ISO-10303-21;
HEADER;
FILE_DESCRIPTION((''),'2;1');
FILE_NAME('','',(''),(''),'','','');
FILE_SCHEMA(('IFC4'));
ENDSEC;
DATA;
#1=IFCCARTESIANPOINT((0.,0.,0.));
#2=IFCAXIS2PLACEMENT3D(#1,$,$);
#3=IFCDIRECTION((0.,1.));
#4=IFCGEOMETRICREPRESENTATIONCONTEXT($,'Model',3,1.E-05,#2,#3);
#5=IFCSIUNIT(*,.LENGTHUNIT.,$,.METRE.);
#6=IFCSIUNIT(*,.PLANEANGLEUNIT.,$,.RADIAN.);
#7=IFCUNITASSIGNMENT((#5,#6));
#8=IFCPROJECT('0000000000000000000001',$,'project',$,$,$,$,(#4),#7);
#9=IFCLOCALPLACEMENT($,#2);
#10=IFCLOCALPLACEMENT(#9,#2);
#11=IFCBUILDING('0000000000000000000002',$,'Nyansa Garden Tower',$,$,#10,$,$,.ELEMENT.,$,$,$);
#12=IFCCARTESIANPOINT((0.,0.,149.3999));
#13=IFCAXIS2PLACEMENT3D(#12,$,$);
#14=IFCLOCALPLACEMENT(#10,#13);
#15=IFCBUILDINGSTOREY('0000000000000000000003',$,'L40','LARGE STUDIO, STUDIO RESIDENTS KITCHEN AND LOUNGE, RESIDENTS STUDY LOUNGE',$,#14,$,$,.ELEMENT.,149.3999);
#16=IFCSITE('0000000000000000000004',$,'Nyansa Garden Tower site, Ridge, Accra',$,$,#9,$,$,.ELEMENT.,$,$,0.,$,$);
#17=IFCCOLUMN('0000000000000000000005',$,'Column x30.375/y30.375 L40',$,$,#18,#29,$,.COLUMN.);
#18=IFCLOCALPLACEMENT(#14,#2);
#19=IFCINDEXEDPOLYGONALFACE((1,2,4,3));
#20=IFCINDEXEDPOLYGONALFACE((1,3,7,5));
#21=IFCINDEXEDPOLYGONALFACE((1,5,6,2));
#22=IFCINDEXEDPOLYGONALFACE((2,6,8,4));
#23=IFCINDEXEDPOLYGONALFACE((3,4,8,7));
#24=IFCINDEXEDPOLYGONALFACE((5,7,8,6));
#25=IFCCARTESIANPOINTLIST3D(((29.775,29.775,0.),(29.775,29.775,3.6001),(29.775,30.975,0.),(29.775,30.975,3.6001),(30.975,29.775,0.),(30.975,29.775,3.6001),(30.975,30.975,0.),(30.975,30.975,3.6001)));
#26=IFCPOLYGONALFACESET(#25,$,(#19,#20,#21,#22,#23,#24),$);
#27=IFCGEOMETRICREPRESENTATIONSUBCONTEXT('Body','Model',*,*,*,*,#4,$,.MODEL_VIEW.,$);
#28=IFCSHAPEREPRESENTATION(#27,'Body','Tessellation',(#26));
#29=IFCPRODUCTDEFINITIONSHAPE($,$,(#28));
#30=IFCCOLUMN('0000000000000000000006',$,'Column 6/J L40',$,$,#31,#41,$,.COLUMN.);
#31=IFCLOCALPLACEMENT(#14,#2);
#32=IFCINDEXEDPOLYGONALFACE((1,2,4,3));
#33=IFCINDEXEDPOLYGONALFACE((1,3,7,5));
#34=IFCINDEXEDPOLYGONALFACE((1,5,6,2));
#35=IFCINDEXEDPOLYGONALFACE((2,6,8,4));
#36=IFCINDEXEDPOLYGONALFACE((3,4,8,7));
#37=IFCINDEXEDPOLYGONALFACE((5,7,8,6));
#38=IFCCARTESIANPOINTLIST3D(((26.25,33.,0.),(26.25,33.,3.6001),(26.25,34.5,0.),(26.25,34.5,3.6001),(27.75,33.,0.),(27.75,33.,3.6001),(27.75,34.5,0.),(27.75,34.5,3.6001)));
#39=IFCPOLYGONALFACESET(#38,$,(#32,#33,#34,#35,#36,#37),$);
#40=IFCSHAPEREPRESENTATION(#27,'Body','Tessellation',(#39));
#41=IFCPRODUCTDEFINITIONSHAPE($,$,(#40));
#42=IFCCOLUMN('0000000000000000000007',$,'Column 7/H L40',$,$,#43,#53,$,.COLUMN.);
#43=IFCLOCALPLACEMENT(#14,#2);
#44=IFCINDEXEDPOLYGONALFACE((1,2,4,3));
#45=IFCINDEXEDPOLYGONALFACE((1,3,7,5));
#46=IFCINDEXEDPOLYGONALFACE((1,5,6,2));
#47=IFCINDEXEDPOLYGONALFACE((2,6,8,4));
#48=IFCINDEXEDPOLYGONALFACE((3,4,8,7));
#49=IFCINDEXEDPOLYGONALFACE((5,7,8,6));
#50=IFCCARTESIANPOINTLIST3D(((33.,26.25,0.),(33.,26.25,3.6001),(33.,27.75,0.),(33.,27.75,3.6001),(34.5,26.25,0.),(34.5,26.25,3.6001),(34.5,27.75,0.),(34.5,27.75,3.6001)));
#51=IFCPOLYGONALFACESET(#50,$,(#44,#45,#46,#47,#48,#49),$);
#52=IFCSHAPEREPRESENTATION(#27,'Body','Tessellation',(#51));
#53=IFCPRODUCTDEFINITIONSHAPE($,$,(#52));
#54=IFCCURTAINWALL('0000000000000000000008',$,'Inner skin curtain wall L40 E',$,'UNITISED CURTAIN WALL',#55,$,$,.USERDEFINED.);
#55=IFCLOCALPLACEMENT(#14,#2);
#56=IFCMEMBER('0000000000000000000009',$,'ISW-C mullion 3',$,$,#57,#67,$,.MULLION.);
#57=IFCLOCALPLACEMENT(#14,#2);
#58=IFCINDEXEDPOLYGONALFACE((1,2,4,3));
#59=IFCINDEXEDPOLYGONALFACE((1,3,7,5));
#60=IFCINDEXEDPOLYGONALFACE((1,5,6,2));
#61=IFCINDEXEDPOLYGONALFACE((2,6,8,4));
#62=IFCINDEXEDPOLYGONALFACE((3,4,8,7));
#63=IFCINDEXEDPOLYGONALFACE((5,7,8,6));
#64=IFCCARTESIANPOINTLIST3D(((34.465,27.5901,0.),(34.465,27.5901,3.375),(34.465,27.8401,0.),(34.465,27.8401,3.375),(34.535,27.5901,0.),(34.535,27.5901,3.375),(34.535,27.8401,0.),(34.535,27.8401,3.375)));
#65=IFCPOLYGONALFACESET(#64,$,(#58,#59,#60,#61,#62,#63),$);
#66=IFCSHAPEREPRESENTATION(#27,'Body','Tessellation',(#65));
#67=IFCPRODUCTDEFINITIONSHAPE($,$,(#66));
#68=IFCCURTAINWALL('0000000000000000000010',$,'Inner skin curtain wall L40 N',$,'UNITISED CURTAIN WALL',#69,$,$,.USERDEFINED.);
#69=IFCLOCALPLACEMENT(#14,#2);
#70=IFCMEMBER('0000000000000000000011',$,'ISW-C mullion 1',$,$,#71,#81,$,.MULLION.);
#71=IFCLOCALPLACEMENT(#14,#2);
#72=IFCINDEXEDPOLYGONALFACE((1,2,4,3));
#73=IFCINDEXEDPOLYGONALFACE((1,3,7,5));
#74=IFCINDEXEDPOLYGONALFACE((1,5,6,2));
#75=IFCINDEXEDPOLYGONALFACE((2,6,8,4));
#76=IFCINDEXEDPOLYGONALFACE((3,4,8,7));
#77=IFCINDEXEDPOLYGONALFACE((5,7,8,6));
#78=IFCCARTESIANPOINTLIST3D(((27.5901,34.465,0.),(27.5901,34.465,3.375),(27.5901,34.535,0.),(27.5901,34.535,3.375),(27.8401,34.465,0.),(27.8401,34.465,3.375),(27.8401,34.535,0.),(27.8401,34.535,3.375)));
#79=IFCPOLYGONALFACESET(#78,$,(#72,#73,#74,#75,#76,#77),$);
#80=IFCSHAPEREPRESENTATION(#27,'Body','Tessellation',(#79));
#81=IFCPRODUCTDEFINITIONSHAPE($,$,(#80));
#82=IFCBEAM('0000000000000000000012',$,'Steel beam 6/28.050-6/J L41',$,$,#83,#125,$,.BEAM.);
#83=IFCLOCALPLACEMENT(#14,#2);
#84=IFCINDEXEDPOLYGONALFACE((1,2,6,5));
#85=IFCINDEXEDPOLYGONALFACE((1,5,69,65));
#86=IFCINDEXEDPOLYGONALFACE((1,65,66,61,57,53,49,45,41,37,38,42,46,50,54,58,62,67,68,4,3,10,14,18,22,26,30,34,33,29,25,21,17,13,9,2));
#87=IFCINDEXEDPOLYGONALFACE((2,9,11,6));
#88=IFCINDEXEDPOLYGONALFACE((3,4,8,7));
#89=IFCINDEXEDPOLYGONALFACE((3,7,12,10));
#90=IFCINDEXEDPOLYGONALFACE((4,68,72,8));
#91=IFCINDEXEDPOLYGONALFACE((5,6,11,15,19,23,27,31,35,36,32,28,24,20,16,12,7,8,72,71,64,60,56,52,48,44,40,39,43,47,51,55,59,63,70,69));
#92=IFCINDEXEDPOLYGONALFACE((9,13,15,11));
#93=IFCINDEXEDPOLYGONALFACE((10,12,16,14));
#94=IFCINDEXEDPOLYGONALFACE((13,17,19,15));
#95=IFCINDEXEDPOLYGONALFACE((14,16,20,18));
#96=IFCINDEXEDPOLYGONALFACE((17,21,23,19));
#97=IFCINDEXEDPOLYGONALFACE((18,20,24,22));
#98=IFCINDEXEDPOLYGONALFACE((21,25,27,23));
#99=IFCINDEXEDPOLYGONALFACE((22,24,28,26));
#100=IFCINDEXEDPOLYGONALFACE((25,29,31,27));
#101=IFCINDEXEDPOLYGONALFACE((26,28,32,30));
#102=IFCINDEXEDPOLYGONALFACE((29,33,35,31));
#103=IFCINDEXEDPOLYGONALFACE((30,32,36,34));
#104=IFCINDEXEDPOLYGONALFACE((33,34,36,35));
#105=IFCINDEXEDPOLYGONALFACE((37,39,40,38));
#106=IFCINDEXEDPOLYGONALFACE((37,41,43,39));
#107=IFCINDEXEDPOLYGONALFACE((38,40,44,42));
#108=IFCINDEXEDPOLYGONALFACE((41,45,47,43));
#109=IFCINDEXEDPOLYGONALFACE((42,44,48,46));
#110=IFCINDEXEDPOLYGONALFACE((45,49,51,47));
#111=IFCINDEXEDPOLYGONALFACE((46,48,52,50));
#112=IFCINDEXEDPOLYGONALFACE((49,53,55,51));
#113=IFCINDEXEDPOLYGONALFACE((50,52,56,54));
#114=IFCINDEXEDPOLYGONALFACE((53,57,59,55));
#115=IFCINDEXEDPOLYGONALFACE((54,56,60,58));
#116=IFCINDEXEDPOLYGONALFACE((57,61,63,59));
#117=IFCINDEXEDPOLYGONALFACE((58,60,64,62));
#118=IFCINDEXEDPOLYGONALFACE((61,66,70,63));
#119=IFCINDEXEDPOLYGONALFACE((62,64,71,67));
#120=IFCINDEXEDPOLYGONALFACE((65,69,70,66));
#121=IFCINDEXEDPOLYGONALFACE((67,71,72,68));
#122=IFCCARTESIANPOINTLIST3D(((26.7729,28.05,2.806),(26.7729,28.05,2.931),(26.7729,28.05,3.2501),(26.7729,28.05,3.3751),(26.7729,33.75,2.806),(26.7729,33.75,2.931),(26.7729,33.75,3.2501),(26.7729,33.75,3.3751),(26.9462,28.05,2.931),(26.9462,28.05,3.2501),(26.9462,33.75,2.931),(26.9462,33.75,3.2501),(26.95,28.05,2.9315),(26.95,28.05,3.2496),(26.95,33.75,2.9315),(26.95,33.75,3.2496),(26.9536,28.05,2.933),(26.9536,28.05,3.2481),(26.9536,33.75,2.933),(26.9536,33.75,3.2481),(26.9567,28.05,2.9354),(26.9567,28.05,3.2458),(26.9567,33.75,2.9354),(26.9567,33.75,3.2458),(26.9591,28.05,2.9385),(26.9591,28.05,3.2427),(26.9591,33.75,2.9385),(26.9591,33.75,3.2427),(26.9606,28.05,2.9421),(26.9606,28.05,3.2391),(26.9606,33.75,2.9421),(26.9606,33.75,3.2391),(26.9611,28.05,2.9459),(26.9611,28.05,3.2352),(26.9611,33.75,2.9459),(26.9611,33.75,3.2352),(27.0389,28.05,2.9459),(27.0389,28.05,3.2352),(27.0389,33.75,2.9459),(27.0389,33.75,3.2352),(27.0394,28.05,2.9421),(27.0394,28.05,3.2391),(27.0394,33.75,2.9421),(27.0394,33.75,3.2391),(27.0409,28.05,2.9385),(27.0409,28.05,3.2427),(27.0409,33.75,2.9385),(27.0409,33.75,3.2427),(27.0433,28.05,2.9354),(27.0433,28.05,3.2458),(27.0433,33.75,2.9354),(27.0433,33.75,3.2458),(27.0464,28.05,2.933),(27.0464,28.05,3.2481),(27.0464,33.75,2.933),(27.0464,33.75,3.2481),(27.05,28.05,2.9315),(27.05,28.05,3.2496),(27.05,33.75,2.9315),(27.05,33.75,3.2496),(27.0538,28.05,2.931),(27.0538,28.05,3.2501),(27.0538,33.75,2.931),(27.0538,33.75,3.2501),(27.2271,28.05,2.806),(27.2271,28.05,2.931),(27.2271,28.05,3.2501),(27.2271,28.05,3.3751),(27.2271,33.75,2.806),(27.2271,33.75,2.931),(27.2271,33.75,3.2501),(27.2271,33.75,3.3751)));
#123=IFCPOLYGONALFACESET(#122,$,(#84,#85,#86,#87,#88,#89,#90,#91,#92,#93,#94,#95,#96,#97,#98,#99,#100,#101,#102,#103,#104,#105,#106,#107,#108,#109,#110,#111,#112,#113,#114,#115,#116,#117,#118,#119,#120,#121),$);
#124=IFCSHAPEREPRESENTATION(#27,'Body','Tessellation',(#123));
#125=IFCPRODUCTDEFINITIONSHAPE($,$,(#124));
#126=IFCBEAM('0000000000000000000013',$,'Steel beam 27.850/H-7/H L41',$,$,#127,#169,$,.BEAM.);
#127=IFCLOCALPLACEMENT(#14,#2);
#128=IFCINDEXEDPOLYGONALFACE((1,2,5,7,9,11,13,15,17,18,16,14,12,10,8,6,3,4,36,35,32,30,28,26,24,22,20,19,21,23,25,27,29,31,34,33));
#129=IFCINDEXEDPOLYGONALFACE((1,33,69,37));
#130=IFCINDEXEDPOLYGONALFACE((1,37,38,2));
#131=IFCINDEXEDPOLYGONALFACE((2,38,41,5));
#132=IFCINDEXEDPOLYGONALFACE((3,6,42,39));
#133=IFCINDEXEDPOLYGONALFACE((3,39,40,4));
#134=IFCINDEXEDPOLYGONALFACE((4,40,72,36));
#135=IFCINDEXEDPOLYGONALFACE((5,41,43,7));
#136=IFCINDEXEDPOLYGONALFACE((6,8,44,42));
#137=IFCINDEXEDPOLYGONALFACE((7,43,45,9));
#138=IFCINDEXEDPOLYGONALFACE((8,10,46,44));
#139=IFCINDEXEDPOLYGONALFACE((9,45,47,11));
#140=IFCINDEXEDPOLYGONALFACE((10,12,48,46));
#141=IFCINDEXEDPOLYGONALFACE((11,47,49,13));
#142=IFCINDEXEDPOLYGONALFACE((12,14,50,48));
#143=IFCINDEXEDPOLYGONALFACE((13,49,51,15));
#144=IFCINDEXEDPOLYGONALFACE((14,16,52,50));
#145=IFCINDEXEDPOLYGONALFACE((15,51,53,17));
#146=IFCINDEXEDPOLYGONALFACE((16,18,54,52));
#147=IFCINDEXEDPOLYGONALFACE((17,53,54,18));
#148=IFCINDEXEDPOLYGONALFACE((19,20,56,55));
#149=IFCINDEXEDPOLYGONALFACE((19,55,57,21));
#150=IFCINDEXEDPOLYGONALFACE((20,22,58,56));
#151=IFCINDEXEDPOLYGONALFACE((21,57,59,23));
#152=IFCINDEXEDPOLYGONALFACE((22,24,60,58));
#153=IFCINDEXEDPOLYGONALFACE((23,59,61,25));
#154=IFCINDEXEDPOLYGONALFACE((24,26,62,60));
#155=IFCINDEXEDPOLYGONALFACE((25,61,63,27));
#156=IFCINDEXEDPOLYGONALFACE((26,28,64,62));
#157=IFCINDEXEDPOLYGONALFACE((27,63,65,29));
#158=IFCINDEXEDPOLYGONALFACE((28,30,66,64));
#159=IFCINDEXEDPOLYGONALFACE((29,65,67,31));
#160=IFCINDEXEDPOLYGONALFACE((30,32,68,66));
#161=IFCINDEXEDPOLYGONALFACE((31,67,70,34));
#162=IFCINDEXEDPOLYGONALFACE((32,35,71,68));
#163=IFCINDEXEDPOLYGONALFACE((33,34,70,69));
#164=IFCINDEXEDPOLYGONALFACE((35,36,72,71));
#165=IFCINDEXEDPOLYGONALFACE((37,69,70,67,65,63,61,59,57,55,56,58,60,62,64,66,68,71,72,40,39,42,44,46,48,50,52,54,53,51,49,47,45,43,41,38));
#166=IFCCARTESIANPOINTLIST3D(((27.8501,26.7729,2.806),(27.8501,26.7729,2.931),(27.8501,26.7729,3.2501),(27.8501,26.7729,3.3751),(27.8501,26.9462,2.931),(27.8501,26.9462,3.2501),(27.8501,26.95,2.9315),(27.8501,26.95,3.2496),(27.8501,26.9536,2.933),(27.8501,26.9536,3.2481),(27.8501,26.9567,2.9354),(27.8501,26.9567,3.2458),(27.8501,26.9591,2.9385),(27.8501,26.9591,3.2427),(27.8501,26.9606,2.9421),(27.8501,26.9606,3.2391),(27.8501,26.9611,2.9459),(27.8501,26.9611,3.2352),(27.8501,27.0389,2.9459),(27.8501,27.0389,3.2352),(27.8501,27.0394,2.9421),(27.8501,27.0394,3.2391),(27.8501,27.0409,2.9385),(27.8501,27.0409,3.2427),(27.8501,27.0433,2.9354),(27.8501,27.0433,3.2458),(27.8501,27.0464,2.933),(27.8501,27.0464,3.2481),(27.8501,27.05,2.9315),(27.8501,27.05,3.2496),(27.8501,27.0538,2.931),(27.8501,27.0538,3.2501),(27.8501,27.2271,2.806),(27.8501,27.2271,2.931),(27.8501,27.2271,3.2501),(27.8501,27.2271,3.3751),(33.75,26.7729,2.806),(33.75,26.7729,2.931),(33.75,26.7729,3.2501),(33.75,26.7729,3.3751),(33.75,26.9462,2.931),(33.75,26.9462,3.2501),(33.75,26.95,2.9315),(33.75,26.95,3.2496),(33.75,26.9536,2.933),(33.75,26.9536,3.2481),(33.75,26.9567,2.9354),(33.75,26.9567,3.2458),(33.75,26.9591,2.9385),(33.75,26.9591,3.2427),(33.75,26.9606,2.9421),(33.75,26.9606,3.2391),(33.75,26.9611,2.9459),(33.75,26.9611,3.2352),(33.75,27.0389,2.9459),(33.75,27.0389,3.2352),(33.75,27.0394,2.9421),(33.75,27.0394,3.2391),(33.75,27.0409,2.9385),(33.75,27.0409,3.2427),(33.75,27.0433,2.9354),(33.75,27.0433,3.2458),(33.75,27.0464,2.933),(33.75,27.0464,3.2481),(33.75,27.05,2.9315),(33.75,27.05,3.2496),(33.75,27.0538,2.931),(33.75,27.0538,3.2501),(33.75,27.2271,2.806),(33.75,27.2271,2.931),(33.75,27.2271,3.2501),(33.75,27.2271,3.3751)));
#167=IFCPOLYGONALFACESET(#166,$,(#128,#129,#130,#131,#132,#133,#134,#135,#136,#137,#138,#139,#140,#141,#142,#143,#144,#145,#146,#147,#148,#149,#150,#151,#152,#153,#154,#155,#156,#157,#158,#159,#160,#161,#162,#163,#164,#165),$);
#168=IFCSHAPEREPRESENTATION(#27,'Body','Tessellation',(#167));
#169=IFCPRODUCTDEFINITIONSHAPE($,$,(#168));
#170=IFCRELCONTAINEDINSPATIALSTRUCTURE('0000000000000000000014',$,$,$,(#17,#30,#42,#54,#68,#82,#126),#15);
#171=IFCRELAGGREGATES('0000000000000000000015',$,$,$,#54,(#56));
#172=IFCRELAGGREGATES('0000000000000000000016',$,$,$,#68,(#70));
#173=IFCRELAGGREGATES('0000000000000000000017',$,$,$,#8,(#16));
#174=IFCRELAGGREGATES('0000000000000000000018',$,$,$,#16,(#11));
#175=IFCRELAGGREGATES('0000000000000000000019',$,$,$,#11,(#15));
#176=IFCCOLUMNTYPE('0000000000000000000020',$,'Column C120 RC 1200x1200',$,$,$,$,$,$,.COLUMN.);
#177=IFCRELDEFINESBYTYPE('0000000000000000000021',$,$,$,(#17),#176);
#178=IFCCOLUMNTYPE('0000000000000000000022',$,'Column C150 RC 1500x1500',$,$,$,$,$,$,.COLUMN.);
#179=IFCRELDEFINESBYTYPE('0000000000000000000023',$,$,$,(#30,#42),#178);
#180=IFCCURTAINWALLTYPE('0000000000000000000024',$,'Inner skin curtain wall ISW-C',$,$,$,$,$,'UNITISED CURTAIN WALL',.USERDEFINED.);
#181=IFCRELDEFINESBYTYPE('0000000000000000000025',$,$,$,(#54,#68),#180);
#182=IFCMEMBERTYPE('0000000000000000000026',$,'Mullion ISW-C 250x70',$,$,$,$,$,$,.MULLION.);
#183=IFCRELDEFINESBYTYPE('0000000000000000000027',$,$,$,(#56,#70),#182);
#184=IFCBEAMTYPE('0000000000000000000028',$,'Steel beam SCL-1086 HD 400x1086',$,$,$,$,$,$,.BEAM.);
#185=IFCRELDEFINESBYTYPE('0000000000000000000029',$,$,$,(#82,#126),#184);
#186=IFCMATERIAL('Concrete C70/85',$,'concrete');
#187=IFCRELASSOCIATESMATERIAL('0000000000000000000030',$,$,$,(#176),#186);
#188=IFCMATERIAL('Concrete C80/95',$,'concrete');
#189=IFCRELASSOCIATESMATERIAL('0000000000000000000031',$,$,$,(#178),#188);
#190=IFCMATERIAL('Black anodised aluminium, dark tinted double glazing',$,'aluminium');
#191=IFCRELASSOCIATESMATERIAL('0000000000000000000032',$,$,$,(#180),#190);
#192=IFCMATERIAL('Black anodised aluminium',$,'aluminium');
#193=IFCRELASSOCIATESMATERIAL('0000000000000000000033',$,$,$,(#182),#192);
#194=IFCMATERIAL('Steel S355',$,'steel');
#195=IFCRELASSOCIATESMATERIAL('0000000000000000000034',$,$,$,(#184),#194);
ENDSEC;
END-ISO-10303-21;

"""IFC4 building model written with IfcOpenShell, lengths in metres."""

from ifc_helpers import new_model, si_unit, direction, frame, origin, origin_2d, place, context, subcontext, project, spatial, rectangle, i_section, extrude, material, material_profile, profile_set, type_object, element, aggregate, save


model = new_model("IFC4")

# Units and contexts
model_context = context("Model", 3, precision=1e-05, world=origin(), true_north=direction((0.0, 1.0)))
body_context = subcontext(model_context, "Body", "Model", "MODEL_VIEW")
ifc_project = project(units=[si_unit("LENGTHUNIT", "METRE"), si_unit("PLANEANGLEUNIT", "RADIAN")], contexts=[model_context])

# Site, building, storey
site_placement = place(None, origin())
site = spatial("IfcSite", under=ifc_project, at=site_placement, Name="Nyansa Garden Tower site, Ridge, Accra", CompositionType="ELEMENT", RefElevation=0.0)
building_placement = place(site_placement, origin())
building = spatial("IfcBuilding", under=site, at=building_placement, Name="Nyansa Garden Tower", CompositionType="ELEMENT")
storey_placement = place(building_placement, frame((0.0, 0.0, 149.3999)))
storey = spatial("IfcBuildingStorey", under=building, at=storey_placement, Name="L40", Description="LARGE STUDIO, STUDIO RESIDENTS KITCHEN AND LOUNGE, RESIDENTS STUDY LOUNGE", CompositionType="ELEMENT", Elevation=149.3999)

# Columns
ifc_material_1 = material(Name="Concrete C70/85", Category="concrete")
ifc_material_profile_1 = material_profile(ifc_material_1, rectangle(XDim=1.2, YDim=1.2, at=origin_2d()), Name="RC 1200x1200")
ifc_profile_set_1 = profile_set([ifc_material_profile_1], Name="Concrete C70/85")
column_type_1 = type_object("IfcColumnType", Name="Column C120 RC 1200x1200", PredefinedType="COLUMN", material=ifc_profile_set_1)
column_placement = place(storey_placement, frame((30.375, 30.375, 0.0), z_axis=(0.0, 0.0, 1.0), x_axis=(1.0, 0.0, 0.0)))
element("IfcColumn", 1, at=column_placement, inside=storey, type_object=column_type_1, Name="Column x30.375/y30.375 L40", PredefinedType="COLUMN", context=body_context, shape_type="SweptSolid", body=[
    extrude(rectangle(XDim=1.2, YDim=1.2, at=origin_2d()), origin(), (0.0, 0.0, 1.0), 3.6001),
])
ifc_material_2 = material(Name="Concrete C80/95", Category="concrete")
ifc_material_profile_2 = material_profile(ifc_material_2, rectangle(XDim=1.5, YDim=1.5, at=origin_2d()), Name="RC 1500x1500")
ifc_profile_set_2 = profile_set([ifc_material_profile_2], Name="Concrete C80/95")
column_type_2 = type_object("IfcColumnType", Name="Column C150 RC 1500x1500", PredefinedType="COLUMN", material=ifc_profile_set_2)
for number, where, z_axis, x_axis, name in (
    (2, (27.0, 33.75, 0.0), (0.0, 0.0, 1.0), (1.0, 0.0, 0.0), "Column 6/J L40"),
    (3, (33.75, 27.0, 0.0), (0.0, 0.0, 1.0), (1.0, 0.0, 0.0), "Column 7/H L40"),
):
    element("IfcColumn", number, at=place(storey_placement, frame(where, z_axis=z_axis, x_axis=x_axis)), inside=storey, type_object=column_type_2, Name=name, PredefinedType="COLUMN", context=body_context, shape_type="SweptSolid", body=[
        extrude(rectangle(XDim=1.5, YDim=1.5, at=origin_2d()), origin(), (0.0, 0.0, 1.0), 3.6001),
    ])

# Curtain walls, members
ifc_material_3 = material(Name="Black anodised aluminium, dark tinted double glazing", Category="aluminium")
curtain_wall_type = type_object("IfcCurtainWallType", Name="Inner skin curtain wall ISW-C", ElementType="UNITISED CURTAIN WALL", PredefinedType="USERDEFINED", material=ifc_material_3)
curtain_wall_1_placement = place(storey_placement, origin())
curtain_wall_1 = element("IfcCurtainWall", 4, at=curtain_wall_1_placement, inside=storey, type_object=curtain_wall_type, Name="Inner skin curtain wall L40 E", ObjectType="UNITISED CURTAIN WALL", PredefinedType="USERDEFINED")
ifc_material_4 = material(Name="Black anodised aluminium", Category="aluminium")
ifc_material_profile_3 = material_profile(ifc_material_4, rectangle(XDim=0.0701, YDim=0.25, at=origin_2d()), Name="Mullion 250x70")
ifc_profile_set_3 = profile_set([ifc_material_profile_3], Name="Black anodised aluminium")
member_type_1 = type_object("IfcMemberType", Name="Mullion ISW-C 250x70", PredefinedType="MULLION", material=ifc_profile_set_3)
member_1_placement = place(storey_placement, frame((34.5, 27.7151, 0.0), z_axis=(0.0, 0.0, 1.0), x_axis=(-1.0, 0.0, 0.0)))
member_1 = element("IfcMember", 5, at=member_1_placement, type_object=member_type_1, Name="ISW-C mullion 3", PredefinedType="MULLION", context=body_context, shape_type="SweptSolid", body=[
    extrude(rectangle(XDim=0.0701, YDim=0.25, at=origin_2d()), origin(), (0.0, 0.0, 1.0), 3.375),
])
aggregate(curtain_wall_1, [member_1])
curtain_wall_2_placement = place(storey_placement, origin())
curtain_wall_2 = element("IfcCurtainWall", 6, at=curtain_wall_2_placement, inside=storey, type_object=curtain_wall_type, Name="Inner skin curtain wall L40 N", ObjectType="UNITISED CURTAIN WALL", PredefinedType="USERDEFINED")
member_2_placement = place(storey_placement, frame((27.7151, 34.5, 0.0), z_axis=(0.0, 0.0, 1.0), x_axis=(0.0, -1.0, 0.0)))
member_2 = element("IfcMember", 7, at=member_2_placement, type_object=member_type_1, Name="ISW-C mullion 1", PredefinedType="MULLION", context=body_context, shape_type="SweptSolid", body=[
    extrude(rectangle(XDim=0.0701, YDim=0.25, at=origin_2d()), origin(), (0.0, 0.0, 1.0), 3.375),
])

# Beams
ifc_material_5 = material(Name="Steel S355", Category="steel")
ifc_material_profile_4 = material_profile(ifc_material_5, i_section(OverallWidth=0.4541, OverallDepth=0.5691, WebThickness=0.0779, FlangeThickness=0.125, FilletRadius=0.0149, at=origin_2d()), Name="HD 400x1086")
ifc_profile_set_4 = profile_set([ifc_material_profile_4], Name="Steel S355")
beam_type_1 = type_object("IfcBeamType", Name="Steel beam SCL-1086 HD 400x1086", PredefinedType="BEAM", material=ifc_profile_set_4)
beam_1_placement = place(storey_placement, frame((27.0, 28.05, 3.0906), z_axis=(0.0, 1.0, 0.0), x_axis=(-1.0, 0.0, 0.0)))
element("IfcBeam", 8, at=beam_1_placement, inside=storey, type_object=beam_type_1, Name="Steel beam 6/28.050-6/J L41", PredefinedType="BEAM", context=body_context, shape_type="SweptSolid", body=[
    extrude(i_section(OverallWidth=0.4541, OverallDepth=0.5691, WebThickness=0.0779, FlangeThickness=0.125, FilletRadius=0.0149, at=origin_2d()), origin(), (0.0, 0.0, 1.0), 5.7),
])
beam_2_placement = place(storey_placement, frame((27.8501, 27.0, 3.0906), z_axis=(1.0, 0.0, 0.0), x_axis=(0.0, 1.0, 0.0)))
element("IfcBeam", 9, at=beam_2_placement, inside=storey, type_object=beam_type_1, Name="Steel beam 27.850/H-7/H L41", PredefinedType="BEAM", context=body_context, shape_type="SweptSolid", body=[
    extrude(i_section(OverallWidth=0.4541, OverallDepth=0.5691, WebThickness=0.0779, FlangeThickness=0.125, FilletRadius=0.0149, at=origin_2d()), origin(), (0.0, 0.0, 1.0), 5.8999),
])

aggregate(curtain_wall_2, [member_2])

save(model, "model.ifc")
